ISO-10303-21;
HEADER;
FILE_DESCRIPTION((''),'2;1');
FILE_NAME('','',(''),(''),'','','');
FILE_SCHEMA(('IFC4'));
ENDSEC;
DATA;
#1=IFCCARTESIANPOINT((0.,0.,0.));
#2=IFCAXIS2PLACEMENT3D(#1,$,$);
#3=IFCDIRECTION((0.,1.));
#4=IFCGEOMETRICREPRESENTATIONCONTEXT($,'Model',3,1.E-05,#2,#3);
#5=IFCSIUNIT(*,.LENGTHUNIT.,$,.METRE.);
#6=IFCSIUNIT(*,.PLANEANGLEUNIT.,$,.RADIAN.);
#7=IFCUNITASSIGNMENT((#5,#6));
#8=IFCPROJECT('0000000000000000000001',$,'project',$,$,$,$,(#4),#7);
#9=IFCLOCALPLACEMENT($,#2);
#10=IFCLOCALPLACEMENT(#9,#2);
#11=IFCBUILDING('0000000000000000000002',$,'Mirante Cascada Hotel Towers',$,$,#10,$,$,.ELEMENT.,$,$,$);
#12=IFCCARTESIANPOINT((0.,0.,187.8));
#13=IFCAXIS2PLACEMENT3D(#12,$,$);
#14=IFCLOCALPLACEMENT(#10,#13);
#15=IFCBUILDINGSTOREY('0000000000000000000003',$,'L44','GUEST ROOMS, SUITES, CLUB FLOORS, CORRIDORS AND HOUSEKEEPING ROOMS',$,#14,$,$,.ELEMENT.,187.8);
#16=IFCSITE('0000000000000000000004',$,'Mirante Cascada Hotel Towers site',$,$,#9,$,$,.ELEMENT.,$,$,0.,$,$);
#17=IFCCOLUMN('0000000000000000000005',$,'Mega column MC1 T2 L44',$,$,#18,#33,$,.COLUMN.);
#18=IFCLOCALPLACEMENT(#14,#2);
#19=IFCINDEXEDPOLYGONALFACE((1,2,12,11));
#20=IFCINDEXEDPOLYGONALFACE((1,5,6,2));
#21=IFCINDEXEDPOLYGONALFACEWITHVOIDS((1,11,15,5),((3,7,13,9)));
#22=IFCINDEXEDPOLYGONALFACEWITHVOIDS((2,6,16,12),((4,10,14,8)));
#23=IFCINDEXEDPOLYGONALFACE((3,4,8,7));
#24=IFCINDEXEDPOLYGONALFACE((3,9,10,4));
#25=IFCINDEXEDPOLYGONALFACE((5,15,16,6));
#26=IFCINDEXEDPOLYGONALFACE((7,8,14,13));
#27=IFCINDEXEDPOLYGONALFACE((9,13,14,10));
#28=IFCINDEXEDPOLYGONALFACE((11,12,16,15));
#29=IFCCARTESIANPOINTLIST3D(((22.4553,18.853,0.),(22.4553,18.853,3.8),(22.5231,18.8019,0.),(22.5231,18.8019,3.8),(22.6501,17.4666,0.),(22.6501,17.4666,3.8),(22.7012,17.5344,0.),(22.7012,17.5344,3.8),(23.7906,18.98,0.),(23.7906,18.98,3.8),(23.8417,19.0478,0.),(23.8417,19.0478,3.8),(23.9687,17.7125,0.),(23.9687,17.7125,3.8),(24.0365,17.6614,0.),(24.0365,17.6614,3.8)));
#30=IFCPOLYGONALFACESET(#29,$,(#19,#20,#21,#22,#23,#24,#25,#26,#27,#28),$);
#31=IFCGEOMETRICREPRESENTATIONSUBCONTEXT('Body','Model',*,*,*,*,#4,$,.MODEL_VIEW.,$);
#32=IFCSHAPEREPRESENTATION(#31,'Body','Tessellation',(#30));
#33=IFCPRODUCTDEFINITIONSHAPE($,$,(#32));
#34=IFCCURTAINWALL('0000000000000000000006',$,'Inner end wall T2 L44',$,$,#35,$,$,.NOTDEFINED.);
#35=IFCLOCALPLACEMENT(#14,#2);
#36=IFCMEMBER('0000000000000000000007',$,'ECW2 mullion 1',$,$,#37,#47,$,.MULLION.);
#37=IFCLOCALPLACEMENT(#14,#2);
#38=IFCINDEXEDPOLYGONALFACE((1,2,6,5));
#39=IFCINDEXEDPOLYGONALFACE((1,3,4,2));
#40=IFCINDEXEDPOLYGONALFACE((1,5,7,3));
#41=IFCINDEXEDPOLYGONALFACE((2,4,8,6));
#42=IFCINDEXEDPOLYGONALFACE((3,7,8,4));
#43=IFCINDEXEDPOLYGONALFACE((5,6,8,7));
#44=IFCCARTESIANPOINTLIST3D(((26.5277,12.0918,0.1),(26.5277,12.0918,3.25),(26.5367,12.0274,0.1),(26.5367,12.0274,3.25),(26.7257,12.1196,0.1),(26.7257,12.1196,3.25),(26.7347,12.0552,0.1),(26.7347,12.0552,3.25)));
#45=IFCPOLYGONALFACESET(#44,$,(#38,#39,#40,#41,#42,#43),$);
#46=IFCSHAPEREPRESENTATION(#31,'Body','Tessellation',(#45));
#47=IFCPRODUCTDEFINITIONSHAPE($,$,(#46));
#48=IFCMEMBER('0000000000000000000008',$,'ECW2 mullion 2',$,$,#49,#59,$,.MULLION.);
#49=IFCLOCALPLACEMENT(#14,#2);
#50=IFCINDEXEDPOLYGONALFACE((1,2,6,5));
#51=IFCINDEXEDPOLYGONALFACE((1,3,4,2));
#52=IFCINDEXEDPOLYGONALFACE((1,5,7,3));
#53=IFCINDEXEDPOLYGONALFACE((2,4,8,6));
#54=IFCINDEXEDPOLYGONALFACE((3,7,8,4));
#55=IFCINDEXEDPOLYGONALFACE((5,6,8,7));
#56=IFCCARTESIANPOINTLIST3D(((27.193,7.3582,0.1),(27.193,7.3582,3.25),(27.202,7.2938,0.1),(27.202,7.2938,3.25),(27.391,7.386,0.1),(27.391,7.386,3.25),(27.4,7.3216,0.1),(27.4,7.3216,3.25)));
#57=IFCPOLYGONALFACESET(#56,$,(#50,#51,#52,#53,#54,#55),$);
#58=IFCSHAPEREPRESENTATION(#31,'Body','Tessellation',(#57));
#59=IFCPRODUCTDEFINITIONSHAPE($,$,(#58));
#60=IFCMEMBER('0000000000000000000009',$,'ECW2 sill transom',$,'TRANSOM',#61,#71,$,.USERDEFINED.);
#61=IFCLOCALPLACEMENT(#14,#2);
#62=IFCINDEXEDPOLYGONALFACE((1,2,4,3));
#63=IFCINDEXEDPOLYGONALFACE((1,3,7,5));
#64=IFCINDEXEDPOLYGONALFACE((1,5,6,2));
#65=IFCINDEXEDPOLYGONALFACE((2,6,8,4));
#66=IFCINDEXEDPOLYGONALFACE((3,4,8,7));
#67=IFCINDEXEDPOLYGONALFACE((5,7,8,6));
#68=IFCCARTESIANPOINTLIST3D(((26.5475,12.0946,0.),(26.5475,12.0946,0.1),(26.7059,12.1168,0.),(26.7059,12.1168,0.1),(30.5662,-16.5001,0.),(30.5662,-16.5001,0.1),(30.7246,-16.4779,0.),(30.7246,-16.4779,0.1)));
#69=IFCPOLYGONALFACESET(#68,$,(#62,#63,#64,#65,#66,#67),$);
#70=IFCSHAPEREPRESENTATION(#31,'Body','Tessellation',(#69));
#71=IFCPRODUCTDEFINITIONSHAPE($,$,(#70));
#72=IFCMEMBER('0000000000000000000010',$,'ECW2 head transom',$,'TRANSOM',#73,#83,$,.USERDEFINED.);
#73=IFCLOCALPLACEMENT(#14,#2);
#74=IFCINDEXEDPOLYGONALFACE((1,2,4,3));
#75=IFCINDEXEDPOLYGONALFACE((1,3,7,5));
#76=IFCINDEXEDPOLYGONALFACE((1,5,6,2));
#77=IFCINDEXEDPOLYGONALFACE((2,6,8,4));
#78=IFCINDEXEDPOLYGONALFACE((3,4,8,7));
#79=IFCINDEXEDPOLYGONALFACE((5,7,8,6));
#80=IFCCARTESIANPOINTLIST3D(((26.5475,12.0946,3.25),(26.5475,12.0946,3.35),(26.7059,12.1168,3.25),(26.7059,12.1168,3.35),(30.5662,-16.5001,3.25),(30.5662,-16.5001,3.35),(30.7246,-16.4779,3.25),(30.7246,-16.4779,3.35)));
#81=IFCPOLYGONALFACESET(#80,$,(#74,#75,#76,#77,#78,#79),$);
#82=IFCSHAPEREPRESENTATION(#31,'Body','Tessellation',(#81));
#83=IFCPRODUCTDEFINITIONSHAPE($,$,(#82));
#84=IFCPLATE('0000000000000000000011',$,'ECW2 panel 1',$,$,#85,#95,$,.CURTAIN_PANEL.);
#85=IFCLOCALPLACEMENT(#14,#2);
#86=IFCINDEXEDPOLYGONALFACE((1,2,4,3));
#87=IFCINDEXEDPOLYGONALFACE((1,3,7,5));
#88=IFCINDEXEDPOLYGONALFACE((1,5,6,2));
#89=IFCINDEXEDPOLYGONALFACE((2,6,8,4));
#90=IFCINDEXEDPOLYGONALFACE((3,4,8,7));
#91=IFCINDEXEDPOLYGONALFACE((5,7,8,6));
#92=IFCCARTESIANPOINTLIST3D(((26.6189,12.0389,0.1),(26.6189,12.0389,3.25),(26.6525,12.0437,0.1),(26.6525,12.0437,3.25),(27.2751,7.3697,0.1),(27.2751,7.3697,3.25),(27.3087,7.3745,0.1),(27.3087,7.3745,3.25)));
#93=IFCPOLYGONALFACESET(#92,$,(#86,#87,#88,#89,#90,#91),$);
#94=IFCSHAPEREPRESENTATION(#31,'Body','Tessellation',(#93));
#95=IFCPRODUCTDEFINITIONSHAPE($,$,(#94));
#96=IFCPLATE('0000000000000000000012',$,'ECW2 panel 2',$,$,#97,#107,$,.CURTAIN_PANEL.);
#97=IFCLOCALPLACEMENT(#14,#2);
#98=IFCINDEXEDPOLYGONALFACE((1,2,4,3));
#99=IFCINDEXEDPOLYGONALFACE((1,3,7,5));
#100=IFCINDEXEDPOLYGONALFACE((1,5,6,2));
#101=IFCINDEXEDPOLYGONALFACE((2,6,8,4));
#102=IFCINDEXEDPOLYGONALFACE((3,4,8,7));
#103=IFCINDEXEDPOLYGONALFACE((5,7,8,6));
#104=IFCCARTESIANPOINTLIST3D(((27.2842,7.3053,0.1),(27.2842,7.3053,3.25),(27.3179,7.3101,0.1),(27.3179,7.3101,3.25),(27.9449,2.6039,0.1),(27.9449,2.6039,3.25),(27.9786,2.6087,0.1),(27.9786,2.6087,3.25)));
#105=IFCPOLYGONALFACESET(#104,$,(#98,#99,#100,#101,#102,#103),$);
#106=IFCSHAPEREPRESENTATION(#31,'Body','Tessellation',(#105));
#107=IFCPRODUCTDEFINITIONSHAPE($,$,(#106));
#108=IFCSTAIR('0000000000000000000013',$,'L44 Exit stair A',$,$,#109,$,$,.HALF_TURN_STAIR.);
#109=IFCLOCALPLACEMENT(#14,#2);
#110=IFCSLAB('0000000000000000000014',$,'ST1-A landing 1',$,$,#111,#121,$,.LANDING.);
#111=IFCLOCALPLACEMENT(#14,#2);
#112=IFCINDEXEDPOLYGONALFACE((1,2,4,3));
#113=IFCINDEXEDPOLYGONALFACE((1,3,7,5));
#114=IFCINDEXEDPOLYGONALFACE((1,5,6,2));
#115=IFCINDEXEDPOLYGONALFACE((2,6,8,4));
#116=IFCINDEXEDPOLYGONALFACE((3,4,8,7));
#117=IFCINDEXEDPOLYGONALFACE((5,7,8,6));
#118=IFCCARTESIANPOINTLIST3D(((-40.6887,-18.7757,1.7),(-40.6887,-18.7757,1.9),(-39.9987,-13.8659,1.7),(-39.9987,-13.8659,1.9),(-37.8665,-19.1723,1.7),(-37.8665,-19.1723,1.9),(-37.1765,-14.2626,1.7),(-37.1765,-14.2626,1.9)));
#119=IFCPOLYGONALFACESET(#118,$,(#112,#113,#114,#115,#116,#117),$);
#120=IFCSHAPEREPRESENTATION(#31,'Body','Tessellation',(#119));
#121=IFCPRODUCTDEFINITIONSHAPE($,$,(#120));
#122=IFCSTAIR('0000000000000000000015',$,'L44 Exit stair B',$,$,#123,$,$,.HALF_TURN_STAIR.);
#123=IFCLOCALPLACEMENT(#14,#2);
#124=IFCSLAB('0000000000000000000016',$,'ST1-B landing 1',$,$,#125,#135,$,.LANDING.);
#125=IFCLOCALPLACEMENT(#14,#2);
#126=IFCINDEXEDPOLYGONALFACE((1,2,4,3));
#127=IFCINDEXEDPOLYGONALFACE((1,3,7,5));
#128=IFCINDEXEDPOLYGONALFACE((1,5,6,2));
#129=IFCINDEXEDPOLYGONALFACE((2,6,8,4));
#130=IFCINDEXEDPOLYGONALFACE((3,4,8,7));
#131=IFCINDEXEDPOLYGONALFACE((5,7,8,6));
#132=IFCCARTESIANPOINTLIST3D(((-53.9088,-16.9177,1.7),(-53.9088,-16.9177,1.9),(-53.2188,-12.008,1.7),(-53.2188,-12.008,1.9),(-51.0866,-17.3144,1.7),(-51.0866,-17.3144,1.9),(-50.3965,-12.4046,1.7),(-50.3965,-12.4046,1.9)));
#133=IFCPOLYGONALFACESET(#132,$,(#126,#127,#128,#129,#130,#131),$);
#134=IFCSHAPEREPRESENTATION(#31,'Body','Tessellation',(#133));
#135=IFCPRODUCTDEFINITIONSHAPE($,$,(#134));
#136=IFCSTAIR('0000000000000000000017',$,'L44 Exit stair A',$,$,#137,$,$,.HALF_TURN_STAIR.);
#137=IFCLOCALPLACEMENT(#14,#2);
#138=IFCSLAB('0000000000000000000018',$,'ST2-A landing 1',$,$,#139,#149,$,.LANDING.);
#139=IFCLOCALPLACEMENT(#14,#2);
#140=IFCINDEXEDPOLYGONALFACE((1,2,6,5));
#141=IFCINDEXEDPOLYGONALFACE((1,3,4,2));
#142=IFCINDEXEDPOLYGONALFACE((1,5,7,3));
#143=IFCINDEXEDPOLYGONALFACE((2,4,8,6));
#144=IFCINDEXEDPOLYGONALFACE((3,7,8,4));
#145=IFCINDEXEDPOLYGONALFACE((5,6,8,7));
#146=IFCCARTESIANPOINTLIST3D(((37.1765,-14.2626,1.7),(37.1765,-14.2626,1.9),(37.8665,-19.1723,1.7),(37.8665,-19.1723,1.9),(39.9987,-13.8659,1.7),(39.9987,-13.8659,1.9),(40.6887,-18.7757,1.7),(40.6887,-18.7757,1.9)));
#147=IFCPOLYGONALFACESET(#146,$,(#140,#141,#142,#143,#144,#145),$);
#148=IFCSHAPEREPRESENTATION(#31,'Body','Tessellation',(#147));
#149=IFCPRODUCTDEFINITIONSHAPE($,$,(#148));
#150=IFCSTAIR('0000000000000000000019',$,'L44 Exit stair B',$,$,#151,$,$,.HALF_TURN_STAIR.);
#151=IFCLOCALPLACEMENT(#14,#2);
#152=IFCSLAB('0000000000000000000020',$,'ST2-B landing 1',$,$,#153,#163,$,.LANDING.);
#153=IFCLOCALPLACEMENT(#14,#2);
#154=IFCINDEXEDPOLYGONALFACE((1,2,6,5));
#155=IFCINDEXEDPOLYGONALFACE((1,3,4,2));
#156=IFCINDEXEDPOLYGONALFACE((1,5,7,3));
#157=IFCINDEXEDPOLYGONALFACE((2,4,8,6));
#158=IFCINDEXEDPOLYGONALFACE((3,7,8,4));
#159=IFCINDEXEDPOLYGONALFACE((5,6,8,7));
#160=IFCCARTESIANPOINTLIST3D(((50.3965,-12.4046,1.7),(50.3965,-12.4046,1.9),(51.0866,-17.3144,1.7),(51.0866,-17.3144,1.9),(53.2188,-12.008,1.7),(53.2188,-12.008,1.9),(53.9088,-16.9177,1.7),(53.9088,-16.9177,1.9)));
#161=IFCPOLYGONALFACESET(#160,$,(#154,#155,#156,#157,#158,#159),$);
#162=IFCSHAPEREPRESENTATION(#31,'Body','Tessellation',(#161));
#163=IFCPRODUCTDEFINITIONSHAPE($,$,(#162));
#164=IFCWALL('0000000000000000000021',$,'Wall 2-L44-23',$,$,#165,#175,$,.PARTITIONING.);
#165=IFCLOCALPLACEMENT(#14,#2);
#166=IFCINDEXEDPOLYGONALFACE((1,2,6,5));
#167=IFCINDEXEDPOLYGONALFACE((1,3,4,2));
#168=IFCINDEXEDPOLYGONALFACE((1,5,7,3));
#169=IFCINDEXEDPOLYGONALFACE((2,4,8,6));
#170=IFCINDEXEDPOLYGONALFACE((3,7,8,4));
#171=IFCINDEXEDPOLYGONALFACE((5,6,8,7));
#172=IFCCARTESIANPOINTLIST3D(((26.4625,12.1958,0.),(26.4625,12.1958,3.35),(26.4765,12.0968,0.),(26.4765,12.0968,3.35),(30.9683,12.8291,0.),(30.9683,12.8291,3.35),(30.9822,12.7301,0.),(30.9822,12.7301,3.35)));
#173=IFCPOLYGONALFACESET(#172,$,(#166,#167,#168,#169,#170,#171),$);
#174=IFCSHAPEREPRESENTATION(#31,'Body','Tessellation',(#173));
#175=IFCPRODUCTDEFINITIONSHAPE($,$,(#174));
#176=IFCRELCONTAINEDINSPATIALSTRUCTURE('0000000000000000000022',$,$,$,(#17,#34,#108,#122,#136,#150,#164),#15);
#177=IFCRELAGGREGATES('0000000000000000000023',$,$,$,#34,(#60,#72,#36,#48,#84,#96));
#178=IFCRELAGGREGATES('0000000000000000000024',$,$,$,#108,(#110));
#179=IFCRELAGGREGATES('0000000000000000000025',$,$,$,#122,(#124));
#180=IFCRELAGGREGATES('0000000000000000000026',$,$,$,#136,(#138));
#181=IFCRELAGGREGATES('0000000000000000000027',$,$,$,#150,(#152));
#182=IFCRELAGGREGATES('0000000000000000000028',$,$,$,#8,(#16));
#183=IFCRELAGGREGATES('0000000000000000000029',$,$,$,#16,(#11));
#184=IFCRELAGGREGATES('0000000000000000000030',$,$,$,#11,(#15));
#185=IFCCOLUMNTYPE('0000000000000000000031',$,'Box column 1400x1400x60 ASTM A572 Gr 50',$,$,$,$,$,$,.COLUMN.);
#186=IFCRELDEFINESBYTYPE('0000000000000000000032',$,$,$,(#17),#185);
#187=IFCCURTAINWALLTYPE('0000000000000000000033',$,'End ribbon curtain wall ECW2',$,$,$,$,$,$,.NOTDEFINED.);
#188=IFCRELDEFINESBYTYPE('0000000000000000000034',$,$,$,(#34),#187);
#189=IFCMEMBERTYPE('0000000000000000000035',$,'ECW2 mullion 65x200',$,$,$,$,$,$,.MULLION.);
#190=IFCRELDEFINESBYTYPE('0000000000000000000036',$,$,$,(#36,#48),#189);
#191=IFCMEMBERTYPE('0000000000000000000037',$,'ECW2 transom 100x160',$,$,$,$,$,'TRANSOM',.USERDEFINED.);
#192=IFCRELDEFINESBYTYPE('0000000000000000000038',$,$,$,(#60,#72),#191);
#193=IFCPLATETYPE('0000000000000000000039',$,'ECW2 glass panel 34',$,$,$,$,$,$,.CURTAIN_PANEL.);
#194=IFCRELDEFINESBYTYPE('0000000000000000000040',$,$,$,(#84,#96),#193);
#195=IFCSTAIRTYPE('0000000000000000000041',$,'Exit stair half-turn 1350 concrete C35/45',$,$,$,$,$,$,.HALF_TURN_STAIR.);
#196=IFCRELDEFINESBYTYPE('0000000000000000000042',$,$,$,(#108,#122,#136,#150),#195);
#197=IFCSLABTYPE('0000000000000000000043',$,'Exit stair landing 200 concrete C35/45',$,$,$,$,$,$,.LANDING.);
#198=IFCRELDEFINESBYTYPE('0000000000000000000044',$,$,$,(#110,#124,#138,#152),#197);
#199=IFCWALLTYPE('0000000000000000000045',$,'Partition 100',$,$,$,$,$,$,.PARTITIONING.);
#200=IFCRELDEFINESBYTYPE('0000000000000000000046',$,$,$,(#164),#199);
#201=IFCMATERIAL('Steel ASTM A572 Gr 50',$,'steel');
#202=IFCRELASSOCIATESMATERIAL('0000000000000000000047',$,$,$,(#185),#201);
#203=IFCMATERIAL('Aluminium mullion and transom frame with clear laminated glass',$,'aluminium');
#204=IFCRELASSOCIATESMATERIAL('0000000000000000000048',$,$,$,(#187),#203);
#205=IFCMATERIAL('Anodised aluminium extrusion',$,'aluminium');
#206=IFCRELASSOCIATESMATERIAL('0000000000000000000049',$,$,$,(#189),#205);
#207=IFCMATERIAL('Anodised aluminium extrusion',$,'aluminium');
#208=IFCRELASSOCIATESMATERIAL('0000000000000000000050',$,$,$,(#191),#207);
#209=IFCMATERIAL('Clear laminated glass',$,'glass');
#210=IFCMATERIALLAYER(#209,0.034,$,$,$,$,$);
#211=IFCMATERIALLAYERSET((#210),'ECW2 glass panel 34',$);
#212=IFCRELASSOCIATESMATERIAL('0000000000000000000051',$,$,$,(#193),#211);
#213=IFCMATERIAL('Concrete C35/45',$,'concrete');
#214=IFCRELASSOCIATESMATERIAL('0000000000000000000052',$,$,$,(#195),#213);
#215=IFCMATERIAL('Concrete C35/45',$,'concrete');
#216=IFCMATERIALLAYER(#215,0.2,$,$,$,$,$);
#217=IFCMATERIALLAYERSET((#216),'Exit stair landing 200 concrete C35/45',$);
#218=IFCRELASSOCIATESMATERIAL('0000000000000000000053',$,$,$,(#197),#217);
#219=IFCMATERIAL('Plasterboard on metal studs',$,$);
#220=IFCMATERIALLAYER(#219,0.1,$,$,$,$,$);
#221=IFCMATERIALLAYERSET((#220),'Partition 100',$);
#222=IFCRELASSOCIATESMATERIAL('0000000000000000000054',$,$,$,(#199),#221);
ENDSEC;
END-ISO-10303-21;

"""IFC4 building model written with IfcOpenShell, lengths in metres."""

from ifc_helpers import new_model, si_unit, direction, frame, frame_2d, origin, origin_2d, place, context, subcontext, project, spatial, polyline, rectangle, hollow_rectangle, outline, extrude, material, layer, layer_set, material_profile, profile_set, type_object, element, aggregate, save


model = new_model("IFC4")

# Units and contexts
model_context = context("Model", 3, precision=1e-05, world=origin(), true_north=direction((0.0, 1.0)))
body_context = subcontext(model_context, "Body", "Model", "MODEL_VIEW")
ifc_project = project(units=[si_unit("LENGTHUNIT", "METRE"), si_unit("PLANEANGLEUNIT", "RADIAN")], contexts=[model_context])

# Site, building, storey
site_placement = place(None, origin())
site = spatial("IfcSite", under=ifc_project, at=site_placement, Name="Mirante Cascada Hotel Towers site", CompositionType="ELEMENT", RefElevation=0.0)
building_placement = place(site_placement, origin())
building = spatial("IfcBuilding", under=site, at=building_placement, Name="Mirante Cascada Hotel Towers", CompositionType="ELEMENT")
storey_placement = place(building_placement, frame((0.0, 0.0, 187.8)))
storey = spatial("IfcBuildingStorey", under=building, at=storey_placement, Name="L44", Description="GUEST ROOMS, SUITES, CLUB FLOORS, CORRIDORS AND HOUSEKEEPING ROOMS", CompositionType="ELEMENT", Elevation=187.8)

# Column
ifc_material_1 = material(Name="Steel ASTM A572 Gr 50", Category="steel")
ifc_material_profile_1 = material_profile(ifc_material_1, hollow_rectangle(XDim=1.4, YDim=1.4, WallThickness=0.06, at=origin_2d()), Name="Box column 1400x1400x60 ASTM A572 Gr 50")
ifc_profile_set_1 = profile_set([ifc_material_profile_1], Name="Steel ASTM A572 Gr 50")
column_type = type_object("IfcColumnType", Name="Box column 1400x1400x60 ASTM A572 Gr 50", PredefinedType="COLUMN", material=ifc_profile_set_1)
column_placement = place(storey_placement, frame((23.2459, 18.2572, 0.0), z_axis=(0.0, 0.0, 1.0), x_axis=(0.990268, 0.139173, 0.0)))
element("IfcColumn", 1, at=column_placement, inside=storey, type_object=column_type, Name="Mega column MC1 T2 L44", PredefinedType="COLUMN", context=body_context, shape_type="SweptSolid", body=[
    extrude(hollow_rectangle(XDim=1.4, YDim=1.4, WallThickness=0.06, at=origin_2d()), origin(), (0.0, 0.0, 1.0), 3.8),
])

# Curtain wall, members, plates
ifc_material_2 = material(Name="Aluminium mullion and transom frame with clear laminated glass", Category="aluminium")
curtain_wall_type = type_object("IfcCurtainWallType", Name="End ribbon curtain wall ECW2", PredefinedType="NOTDEFINED", material=ifc_material_2)
curtain_wall_placement = place(storey_placement, origin())
curtain_wall = element("IfcCurtainWall", 2, at=curtain_wall_placement, inside=storey, type_object=curtain_wall_type, Name="Inner end wall T2 L44", PredefinedType="NOTDEFINED")
ifc_material_3 = material(Name="Anodised aluminium extrusion", Category="aluminium")
ifc_material_profile_2 = material_profile(ifc_material_3, rectangle(XDim=0.2, YDim=0.065, at=origin_2d()), Name="ECW2 MULLION 65x200")
ifc_profile_set_2 = profile_set([ifc_material_profile_2], Name="Anodised aluminium extrusion")
member_type_1 = type_object("IfcMemberType", Name="ECW2 mullion 65x200", PredefinedType="MULLION", material=ifc_profile_set_2)
member_1_placement = place(storey_placement, frame((26.6312, 12.0735, 0.1), z_axis=(0.0, 0.0, 1.0), x_axis=(0.990268, 0.139173, 0.0)))
member_1 = element("IfcMember", 3, at=member_1_placement, type_object=member_type_1, Name="ECW2 mullion 1", PredefinedType="MULLION", context=body_context, shape_type="SweptSolid", body=[
    extrude(rectangle(XDim=0.2, YDim=0.065, at=origin_2d()), origin(), (0.0, 0.0, 1.0), 3.15),
])
member_2_placement = place(storey_placement, frame((27.2965, 7.3399, 0.1), z_axis=(0.0, 0.0, 1.0), x_axis=(0.990268, 0.139173, 0.0)))
member_2 = element("IfcMember", 4, at=member_2_placement, type_object=member_type_1, Name="ECW2 mullion 2", PredefinedType="MULLION", context=body_context, shape_type="SweptSolid", body=[
    extrude(rectangle(XDim=0.2, YDim=0.065, at=origin_2d()), origin(), (0.0, 0.0, 1.0), 3.15),
])
ifc_material_4 = material(Name="Anodised aluminium extrusion", Category="aluminium")
ifc_material_profile_3 = material_profile(ifc_material_4, rectangle(XDim=0.16, YDim=0.1, at=origin_2d()), Name="ECW2 TRANSOM 100x160")
ifc_profile_set_3 = profile_set([ifc_material_profile_3], Name="Anodised aluminium extrusion")
member_type_2 = type_object("IfcMemberType", Name="ECW2 transom 100x160", ElementType="TRANSOM", PredefinedType="USERDEFINED", material=ifc_profile_set_3)
member_3_placement = place(storey_placement, frame((26.6267, 12.1057, 0.05), z_axis=(0.139172, -0.990268, 0.0), x_axis=(0.990268, 0.139172, 0.0)))
member_3 = element("IfcMember", 5, at=member_3_placement, type_object=member_type_2, Name="ECW2 sill transom", ObjectType="TRANSOM", PredefinedType="USERDEFINED", context=body_context, shape_type="SweptSolid", body=[
    extrude(rectangle(XDim=0.16, YDim=0.1, at=origin_2d()), origin(), (0.0, 0.0, 1.0), 28.8757),
])
member_4_placement = place(storey_placement, frame((26.6267, 12.1057, 3.3), z_axis=(0.139172, -0.990268, 0.0), x_axis=(0.990268, 0.139172, 0.0)))
member_4 = element("IfcMember", 6, at=member_4_placement, type_object=member_type_2, Name="ECW2 head transom", ObjectType="TRANSOM", PredefinedType="USERDEFINED", context=body_context, shape_type="SweptSolid", body=[
    extrude(rectangle(XDim=0.16, YDim=0.1, at=origin_2d()), origin(), (0.0, 0.0, 1.0), 28.8757),
])
ifc_material_5 = material(Name="Clear laminated glass", Category="glass")
ifc_layer_1 = layer(ifc_material_5, 0.034)
ifc_layer_set_1 = layer_set([ifc_layer_1], Name="ECW2 glass panel 34")
plate_type = type_object("IfcPlateType", Name="ECW2 glass panel 34", PredefinedType="CURTAIN_PANEL", material=ifc_layer_set_1)
plate_1_placement = place(storey_placement, frame((26.9638, 9.7067, 0.1), z_axis=(0.0, 0.0, 1.0), x_axis=(0.139173, -0.990268, 0.0)))
plate_1 = element("IfcPlate", 7, at=plate_1_placement, type_object=plate_type, Name="ECW2 panel 1", PredefinedType="CURTAIN_PANEL", context=body_context, shape_type="SweptSolid", body=[
    extrude(rectangle(XDim=4.7151, YDim=0.034, at=origin_2d()), origin(), (0.0, 0.0, 1.0), 3.15),
])
plate_2_placement = place(storey_placement, frame((27.6314, 4.957, 0.1), z_axis=(0.0, 0.0, 1.0), x_axis=(0.139173, -0.990268, 0.0)))
plate_2 = element("IfcPlate", 8, at=plate_2_placement, type_object=plate_type, Name="ECW2 panel 2", PredefinedType="CURTAIN_PANEL", context=body_context, shape_type="SweptSolid", body=[
    extrude(rectangle(XDim=4.7476, YDim=0.034, at=origin_2d()), origin(), (0.0, 0.0, 1.0), 3.15),
])
aggregate(curtain_wall, [member_3, member_4, member_1, member_2, plate_1, plate_2])

# Stairs, slabs
ifc_material_6 = material(Name="Concrete C35/45", Category="concrete")
stair_type = type_object("IfcStairType", Name="Exit stair half-turn 1350 concrete C35/45", PredefinedType="HALF_TURN_STAIR", material=ifc_material_6)
stair_1_placement = place(storey_placement, origin())
stair_1 = element("IfcStair", 9, at=stair_1_placement, inside=storey, type_object=stair_type, Name="L44 Exit stair A", PredefinedType="HALF_TURN_STAIR")
ifc_material_7 = material(Name="Concrete C35/45", Category="concrete")
ifc_layer_2 = layer(ifc_material_7, 0.2)
ifc_layer_set_2 = layer_set([ifc_layer_2], Name="Exit stair landing 200 concrete C35/45")
slab_type = type_object("IfcSlabType", Name="Exit stair landing 200 concrete C35/45", PredefinedType="LANDING", material=ifc_layer_set_2)
slab_1_placement = place(storey_placement, frame((0.0, 0.0, 1.7)))
slab_1 = element("IfcSlab", 10, at=slab_1_placement, type_object=slab_type, Name="ST1-A landing 1", PredefinedType="LANDING", context=body_context, shape_type="SweptSolid", body=[
    extrude(outline(polyline([(-39.9987, -13.8659), (-40.6887, -18.7757), (-37.8665, -19.1723), (-37.1765, -14.2626), (-39.9987, -13.8659)])), origin(), (0.0, 0.0, 1.0), 0.2),
])
aggregate(stair_1, [slab_1])
stair_2_placement = place(storey_placement, origin())
stair_2 = element("IfcStair", 11, at=stair_2_placement, inside=storey, type_object=stair_type, Name="L44 Exit stair B", PredefinedType="HALF_TURN_STAIR")
slab_2_placement = place(storey_placement, frame((0.0, 0.0, 1.7)))
slab_2 = element("IfcSlab", 12, at=slab_2_placement, type_object=slab_type, Name="ST1-B landing 1", PredefinedType="LANDING", context=body_context, shape_type="SweptSolid", body=[
    extrude(outline(polyline([(-53.2188, -12.008), (-53.9088, -16.9177), (-51.0866, -17.3144), (-50.3965, -12.4046), (-53.2188, -12.008)])), origin(), (0.0, 0.0, 1.0), 0.2),
])
aggregate(stair_2, [slab_2])
stair_3_placement = place(storey_placement, origin())
stair_3 = element("IfcStair", 13, at=stair_3_placement, inside=storey, type_object=stair_type, Name="L44 Exit stair A", PredefinedType="HALF_TURN_STAIR")
slab_3_placement = place(storey_placement, frame((0.0, 0.0, 1.7)))
slab_3 = element("IfcSlab", 14, at=slab_3_placement, type_object=slab_type, Name="ST2-A landing 1", PredefinedType="LANDING", context=body_context, shape_type="SweptSolid", body=[
    extrude(outline(polyline([(37.1765, -14.2626), (37.8665, -19.1723), (40.6887, -18.7757), (39.9987, -13.8659), (37.1765, -14.2626)])), origin(), (0.0, 0.0, 1.0), 0.2),
])
aggregate(stair_3, [slab_3])
stair_4_placement = place(storey_placement, origin())
stair_4 = element("IfcStair", 15, at=stair_4_placement, inside=storey, type_object=stair_type, Name="L44 Exit stair B", PredefinedType="HALF_TURN_STAIR")
slab_4_placement = place(storey_placement, frame((0.0, 0.0, 1.7)))
slab_4 = element("IfcSlab", 16, at=slab_4_placement, type_object=slab_type, Name="ST2-B landing 1", PredefinedType="LANDING", context=body_context, shape_type="SweptSolid", body=[
    extrude(outline(polyline([(50.3965, -12.4046), (51.0866, -17.3144), (53.9088, -16.9177), (53.2188, -12.008), (50.3965, -12.4046)])), origin(), (0.0, 0.0, 1.0), 0.2),
])
aggregate(stair_4, [slab_4])

# Wall
ifc_material_8 = material(Name="Plasterboard on metal studs")
ifc_layer_3 = layer(ifc_material_8, 0.1)
ifc_layer_set_3 = layer_set([ifc_layer_3], Name="Partition 100")
wall_type = type_object("IfcWallType", Name="Partition 100", PredefinedType="PARTITIONING", material=ifc_layer_set_3)
wall_placement = place(storey_placement, frame((26.4695, 12.1463, 0.0), z_axis=(0.0, 0.0, 1.0), x_axis=(0.990266, 0.139187, 0.0)))
element("IfcWall", 17, at=wall_placement, inside=storey, type_object=wall_type, Name="Wall 2-L44-23", PredefinedType="PARTITIONING", context=body_context, shape_type="SweptSolid", body=[
    extrude(rectangle(XDim=4.55, YDim=0.1, at=frame_2d((2.275, 0.0))), origin(), (0.0, 0.0, 1.0), 3.35),
])

save(model, "model.ifc")
